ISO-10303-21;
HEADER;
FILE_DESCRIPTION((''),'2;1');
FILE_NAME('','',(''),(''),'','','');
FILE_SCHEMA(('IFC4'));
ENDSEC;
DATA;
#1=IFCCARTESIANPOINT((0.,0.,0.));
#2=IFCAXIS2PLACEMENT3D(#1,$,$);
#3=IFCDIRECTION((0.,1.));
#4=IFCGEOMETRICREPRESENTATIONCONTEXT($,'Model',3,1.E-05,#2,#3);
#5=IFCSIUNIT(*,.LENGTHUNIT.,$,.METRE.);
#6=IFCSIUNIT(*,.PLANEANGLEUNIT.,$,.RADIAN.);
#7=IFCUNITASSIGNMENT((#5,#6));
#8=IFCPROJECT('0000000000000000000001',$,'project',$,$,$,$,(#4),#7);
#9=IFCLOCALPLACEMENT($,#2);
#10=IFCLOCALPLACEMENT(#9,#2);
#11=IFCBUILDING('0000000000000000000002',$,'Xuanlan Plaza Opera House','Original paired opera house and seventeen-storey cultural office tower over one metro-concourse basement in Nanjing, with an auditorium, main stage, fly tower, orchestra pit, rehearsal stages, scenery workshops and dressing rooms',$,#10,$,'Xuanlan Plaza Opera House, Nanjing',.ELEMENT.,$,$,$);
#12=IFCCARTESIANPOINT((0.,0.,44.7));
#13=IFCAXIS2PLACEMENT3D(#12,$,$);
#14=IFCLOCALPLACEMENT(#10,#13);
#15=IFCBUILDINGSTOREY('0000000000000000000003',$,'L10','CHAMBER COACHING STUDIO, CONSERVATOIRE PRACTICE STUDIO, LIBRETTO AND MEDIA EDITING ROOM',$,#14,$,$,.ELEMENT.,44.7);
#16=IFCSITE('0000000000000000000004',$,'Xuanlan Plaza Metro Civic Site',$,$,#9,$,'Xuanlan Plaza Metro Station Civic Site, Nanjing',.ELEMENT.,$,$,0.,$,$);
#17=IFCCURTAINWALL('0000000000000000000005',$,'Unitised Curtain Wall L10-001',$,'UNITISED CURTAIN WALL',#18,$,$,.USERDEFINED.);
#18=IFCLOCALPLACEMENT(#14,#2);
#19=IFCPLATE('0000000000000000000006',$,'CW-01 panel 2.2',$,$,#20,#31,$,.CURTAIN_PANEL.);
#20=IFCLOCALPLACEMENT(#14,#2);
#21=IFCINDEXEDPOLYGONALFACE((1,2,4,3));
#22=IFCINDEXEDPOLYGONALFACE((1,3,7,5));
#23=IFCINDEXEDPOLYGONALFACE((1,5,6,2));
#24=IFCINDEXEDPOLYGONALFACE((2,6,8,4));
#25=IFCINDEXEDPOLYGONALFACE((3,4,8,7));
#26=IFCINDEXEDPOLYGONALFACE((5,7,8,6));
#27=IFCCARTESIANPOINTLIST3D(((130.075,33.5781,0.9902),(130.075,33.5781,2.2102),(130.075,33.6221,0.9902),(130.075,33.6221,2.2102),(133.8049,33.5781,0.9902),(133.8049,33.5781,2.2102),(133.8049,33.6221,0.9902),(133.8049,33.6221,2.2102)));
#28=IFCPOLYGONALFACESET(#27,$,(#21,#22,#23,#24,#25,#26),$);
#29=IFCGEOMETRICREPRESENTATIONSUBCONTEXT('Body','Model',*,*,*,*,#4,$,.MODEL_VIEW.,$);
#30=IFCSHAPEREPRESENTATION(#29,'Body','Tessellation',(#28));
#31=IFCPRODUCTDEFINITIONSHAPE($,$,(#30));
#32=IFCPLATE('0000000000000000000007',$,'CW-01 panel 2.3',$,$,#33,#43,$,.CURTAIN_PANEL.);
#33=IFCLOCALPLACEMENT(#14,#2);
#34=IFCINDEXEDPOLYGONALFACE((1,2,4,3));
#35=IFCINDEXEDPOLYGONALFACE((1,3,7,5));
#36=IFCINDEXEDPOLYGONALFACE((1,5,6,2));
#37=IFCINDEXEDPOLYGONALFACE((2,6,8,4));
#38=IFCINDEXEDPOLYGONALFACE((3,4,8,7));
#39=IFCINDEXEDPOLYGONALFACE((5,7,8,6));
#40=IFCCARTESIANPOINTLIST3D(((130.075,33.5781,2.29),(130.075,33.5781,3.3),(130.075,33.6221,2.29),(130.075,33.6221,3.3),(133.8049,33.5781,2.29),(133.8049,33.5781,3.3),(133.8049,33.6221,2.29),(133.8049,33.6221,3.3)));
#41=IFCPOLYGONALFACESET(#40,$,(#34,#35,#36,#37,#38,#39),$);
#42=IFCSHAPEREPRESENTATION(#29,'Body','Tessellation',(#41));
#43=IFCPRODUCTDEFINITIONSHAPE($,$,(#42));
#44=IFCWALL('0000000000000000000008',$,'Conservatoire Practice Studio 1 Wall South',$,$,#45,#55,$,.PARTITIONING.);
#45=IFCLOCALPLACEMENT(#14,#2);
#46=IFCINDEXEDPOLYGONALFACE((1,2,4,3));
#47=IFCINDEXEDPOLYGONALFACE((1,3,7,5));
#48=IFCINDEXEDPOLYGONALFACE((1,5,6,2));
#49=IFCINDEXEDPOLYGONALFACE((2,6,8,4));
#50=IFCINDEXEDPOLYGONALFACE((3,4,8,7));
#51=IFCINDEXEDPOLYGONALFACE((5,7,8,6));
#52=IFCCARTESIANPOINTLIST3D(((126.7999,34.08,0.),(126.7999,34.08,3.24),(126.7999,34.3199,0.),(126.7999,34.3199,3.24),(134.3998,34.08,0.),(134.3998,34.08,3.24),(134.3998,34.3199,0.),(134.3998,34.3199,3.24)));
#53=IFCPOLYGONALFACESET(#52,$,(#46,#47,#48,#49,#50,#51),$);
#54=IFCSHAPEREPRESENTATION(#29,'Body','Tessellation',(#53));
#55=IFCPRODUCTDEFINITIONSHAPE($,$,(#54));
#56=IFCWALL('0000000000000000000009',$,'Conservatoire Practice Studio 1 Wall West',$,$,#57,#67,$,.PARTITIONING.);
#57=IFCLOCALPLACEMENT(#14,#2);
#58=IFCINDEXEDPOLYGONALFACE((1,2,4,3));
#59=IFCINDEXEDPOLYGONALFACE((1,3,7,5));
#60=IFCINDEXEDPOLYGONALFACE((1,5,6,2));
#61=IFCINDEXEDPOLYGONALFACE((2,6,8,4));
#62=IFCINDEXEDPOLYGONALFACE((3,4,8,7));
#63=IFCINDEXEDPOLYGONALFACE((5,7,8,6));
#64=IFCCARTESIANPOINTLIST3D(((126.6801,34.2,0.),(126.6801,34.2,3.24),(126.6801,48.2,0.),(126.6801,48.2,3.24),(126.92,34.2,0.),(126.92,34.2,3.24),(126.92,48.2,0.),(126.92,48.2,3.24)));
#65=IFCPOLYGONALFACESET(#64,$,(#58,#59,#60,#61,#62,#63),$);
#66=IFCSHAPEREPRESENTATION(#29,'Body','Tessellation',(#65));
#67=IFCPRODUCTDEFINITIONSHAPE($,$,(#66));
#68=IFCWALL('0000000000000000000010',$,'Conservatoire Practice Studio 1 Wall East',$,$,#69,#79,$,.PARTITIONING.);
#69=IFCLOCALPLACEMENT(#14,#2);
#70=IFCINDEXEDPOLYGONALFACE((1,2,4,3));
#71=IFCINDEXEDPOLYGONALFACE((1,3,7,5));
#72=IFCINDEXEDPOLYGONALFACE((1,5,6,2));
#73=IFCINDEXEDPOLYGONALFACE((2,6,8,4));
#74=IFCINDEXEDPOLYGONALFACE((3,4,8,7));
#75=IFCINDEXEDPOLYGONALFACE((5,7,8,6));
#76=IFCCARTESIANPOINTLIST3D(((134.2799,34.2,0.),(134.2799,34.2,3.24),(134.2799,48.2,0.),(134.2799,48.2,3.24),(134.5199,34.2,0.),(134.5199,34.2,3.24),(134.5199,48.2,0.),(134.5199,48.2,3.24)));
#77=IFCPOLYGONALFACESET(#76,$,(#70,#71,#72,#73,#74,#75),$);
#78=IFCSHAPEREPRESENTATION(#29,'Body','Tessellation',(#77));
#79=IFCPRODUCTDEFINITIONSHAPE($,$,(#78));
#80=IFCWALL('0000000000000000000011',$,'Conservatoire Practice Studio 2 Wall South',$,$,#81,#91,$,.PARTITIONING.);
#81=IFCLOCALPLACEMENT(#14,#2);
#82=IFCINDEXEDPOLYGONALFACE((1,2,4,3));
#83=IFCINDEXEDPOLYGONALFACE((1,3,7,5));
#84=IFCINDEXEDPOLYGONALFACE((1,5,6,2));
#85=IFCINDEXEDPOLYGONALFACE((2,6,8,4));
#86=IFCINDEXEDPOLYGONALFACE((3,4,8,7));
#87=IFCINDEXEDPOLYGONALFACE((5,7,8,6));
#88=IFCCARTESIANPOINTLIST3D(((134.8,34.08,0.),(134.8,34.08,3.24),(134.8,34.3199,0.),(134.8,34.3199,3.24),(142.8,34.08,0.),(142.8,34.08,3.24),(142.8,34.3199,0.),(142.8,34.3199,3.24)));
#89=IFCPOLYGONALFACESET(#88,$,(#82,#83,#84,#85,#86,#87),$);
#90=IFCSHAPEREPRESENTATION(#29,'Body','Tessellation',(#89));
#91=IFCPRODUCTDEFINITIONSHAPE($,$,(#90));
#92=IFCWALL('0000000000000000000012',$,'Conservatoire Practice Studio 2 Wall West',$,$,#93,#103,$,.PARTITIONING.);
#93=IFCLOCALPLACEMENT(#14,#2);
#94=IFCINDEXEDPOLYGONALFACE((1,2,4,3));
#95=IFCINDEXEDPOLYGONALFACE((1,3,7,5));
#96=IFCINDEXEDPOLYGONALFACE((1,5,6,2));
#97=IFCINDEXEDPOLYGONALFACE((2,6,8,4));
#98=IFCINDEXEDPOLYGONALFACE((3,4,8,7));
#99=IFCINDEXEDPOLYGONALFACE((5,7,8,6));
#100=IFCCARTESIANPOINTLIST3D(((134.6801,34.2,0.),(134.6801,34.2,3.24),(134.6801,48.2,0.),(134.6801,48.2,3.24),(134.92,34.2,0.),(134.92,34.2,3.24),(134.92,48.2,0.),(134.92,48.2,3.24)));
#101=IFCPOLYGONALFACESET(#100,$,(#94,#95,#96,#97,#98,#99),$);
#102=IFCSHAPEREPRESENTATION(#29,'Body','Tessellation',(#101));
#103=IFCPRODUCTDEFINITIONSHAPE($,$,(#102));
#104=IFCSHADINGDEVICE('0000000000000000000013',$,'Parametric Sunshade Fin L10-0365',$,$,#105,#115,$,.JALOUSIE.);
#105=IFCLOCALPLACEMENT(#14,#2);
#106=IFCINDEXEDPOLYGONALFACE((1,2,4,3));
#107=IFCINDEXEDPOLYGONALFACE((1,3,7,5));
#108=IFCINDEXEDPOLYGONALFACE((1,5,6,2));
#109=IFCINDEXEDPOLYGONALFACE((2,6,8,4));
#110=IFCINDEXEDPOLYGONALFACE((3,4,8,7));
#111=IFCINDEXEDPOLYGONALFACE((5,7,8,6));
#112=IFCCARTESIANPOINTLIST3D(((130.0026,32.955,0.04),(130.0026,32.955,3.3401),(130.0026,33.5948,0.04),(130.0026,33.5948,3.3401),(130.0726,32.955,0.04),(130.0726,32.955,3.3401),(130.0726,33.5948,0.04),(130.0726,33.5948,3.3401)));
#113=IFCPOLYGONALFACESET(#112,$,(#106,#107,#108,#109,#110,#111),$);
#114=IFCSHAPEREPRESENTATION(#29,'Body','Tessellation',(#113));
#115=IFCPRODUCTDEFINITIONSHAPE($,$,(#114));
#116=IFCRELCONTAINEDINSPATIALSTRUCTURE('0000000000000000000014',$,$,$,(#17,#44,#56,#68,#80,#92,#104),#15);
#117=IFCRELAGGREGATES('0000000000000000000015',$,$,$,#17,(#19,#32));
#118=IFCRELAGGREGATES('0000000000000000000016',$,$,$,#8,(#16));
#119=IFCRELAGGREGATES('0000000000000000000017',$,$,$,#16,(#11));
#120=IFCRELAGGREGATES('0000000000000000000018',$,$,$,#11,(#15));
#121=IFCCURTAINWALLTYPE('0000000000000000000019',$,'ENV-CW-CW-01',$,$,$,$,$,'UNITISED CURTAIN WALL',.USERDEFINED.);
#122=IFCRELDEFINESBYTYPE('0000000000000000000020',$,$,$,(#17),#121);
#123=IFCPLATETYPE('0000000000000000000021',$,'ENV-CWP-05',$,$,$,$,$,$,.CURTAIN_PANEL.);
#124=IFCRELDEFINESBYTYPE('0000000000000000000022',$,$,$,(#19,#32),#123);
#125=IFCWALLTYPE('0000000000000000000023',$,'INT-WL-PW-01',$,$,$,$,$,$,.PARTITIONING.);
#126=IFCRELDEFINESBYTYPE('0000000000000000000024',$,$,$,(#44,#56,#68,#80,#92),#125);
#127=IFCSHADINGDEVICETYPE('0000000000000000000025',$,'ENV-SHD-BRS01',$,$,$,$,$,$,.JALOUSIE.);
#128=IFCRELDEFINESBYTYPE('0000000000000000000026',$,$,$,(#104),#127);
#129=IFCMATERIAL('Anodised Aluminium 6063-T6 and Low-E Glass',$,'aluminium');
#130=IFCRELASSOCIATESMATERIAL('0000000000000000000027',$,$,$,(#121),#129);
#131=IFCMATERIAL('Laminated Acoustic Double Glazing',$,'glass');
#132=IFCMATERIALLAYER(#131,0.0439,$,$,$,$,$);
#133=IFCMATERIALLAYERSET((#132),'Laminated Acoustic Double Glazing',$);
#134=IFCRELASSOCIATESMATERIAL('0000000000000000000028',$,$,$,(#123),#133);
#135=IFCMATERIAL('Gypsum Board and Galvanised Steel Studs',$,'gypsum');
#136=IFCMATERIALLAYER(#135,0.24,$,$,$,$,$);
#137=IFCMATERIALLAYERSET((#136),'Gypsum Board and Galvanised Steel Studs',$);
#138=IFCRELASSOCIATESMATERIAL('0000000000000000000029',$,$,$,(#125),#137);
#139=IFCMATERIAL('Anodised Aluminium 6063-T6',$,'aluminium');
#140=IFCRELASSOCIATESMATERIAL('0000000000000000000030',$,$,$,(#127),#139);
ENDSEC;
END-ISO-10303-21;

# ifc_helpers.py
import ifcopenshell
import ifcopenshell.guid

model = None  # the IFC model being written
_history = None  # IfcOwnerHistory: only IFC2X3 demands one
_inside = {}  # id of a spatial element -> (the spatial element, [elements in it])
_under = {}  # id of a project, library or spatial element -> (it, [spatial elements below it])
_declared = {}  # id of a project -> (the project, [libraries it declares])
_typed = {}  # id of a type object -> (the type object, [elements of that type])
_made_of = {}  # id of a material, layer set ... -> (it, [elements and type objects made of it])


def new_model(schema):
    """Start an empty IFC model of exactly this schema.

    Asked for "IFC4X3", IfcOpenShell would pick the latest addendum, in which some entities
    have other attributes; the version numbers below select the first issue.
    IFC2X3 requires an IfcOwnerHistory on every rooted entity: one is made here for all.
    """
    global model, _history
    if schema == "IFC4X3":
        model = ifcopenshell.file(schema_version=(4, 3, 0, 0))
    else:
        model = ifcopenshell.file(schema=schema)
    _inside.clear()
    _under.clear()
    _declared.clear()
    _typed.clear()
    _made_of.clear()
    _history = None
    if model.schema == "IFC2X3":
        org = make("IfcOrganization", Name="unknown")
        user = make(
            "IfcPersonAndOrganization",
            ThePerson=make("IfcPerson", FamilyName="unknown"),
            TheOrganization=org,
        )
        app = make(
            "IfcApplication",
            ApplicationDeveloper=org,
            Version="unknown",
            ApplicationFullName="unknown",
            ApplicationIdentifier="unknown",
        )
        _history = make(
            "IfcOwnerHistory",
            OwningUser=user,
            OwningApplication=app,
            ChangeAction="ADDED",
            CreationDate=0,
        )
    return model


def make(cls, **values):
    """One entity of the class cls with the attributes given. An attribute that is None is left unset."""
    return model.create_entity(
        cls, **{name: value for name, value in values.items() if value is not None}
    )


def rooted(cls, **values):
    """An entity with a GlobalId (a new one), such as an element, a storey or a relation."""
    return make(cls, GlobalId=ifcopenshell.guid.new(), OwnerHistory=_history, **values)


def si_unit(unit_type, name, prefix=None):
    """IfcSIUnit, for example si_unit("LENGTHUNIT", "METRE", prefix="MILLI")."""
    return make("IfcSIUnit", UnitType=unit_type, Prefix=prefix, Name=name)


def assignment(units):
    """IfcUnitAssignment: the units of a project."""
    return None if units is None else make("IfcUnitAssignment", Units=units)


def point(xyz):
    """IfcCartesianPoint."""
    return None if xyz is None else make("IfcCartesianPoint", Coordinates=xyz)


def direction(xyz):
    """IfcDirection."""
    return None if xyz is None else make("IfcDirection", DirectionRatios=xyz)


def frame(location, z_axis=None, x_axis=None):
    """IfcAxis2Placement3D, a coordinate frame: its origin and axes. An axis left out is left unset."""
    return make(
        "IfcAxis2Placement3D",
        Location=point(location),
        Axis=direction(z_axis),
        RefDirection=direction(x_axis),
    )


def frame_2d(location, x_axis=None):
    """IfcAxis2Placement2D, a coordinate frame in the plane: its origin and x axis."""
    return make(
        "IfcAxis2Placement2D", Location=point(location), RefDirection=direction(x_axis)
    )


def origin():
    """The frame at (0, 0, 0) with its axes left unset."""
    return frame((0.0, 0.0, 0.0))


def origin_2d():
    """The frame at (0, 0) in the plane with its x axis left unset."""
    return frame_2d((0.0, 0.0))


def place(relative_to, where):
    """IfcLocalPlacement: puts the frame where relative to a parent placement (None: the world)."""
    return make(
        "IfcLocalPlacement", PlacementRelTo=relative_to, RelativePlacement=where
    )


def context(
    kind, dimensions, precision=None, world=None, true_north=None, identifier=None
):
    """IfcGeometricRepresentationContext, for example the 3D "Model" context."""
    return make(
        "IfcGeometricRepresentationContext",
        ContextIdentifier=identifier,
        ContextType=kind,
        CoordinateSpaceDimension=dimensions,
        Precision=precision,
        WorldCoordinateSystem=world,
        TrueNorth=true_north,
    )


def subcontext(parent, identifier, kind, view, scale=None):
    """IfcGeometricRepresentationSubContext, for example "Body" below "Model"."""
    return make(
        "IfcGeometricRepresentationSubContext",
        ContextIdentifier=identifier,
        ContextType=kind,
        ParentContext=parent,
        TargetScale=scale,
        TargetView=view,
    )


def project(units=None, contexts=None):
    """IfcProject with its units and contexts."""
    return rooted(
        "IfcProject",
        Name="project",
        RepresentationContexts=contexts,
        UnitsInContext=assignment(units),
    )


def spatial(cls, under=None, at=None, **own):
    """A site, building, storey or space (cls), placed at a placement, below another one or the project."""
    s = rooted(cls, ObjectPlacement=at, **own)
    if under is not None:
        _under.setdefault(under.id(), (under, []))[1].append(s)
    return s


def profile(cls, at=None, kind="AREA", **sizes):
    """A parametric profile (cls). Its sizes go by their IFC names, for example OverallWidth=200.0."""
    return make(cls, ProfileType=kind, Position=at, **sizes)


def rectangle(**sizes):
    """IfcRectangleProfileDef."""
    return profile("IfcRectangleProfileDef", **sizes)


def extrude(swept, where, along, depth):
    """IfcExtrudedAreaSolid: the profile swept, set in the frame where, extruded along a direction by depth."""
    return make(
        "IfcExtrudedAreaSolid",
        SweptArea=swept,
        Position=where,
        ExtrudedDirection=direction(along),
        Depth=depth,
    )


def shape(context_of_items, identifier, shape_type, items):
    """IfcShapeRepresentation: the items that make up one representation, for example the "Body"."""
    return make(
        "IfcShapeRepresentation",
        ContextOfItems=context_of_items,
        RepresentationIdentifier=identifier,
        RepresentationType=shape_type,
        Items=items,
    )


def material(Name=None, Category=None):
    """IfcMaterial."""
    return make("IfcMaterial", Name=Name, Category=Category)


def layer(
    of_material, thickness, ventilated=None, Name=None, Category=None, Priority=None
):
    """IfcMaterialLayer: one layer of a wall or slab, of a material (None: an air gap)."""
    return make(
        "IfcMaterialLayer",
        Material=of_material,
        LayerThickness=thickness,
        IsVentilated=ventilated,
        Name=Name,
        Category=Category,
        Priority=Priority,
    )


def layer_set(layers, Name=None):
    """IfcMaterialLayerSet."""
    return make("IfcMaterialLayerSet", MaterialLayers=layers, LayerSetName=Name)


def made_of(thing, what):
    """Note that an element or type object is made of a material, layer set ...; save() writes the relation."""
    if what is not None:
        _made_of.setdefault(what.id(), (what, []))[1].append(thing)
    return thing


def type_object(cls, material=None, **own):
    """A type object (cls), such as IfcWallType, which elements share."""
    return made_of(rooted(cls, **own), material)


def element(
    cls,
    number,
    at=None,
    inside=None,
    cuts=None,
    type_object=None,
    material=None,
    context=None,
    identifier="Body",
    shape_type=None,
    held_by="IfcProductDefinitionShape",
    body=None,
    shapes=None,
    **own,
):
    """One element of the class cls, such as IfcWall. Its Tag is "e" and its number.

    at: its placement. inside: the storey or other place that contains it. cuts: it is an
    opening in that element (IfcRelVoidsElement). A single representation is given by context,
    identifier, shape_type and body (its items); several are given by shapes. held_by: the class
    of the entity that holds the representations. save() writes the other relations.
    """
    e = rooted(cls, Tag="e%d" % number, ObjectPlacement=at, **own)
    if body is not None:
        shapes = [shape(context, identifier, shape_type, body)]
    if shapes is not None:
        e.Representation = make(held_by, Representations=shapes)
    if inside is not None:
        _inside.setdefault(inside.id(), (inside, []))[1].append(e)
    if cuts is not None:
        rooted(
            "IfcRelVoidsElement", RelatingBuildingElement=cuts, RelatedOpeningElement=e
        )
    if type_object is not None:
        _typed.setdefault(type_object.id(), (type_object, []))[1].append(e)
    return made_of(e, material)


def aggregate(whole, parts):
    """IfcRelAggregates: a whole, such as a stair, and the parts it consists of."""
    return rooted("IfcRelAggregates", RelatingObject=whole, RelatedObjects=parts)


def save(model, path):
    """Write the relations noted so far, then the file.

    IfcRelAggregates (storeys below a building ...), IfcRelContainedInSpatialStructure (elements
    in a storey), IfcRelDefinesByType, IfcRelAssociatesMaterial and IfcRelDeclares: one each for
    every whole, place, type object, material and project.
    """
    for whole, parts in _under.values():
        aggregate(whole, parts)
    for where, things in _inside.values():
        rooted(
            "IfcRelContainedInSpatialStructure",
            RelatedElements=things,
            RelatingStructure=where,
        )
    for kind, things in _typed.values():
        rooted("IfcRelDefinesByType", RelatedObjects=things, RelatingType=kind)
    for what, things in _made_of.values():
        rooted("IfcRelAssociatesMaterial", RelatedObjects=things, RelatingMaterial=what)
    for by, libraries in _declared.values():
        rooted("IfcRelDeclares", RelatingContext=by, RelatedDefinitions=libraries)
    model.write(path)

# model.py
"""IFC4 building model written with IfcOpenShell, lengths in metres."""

from ifc_helpers import new_model, si_unit, direction, frame, frame_2d, origin, origin_2d, place, context, subcontext, project, spatial, rectangle, extrude, material, layer, layer_set, type_object, element, aggregate, save


model = new_model("IFC4")

# Units and contexts
model_context = context("Model", 3, precision=1e-05, world=origin(), true_north=direction((0.0, 1.0)))
body_context = subcontext(model_context, "Body", "Model", "MODEL_VIEW")
ifc_project = project(units=[si_unit("LENGTHUNIT", "METRE"), si_unit("PLANEANGLEUNIT", "RADIAN")], contexts=[model_context])

# Site, building, storey
site_placement = place(None, origin())
site = spatial("IfcSite", under=ifc_project, at=site_placement, Name="Xuanlan Plaza Metro Civic Site", LongName="Xuanlan Plaza Metro Station Civic Site, Nanjing", CompositionType="ELEMENT", RefElevation=0.0)
building_placement = place(site_placement, origin())
building = spatial("IfcBuilding", under=site, at=building_placement, Name="Xuanlan Plaza Opera House", Description="Original paired opera house and seventeen-storey cultural office tower over one metro-concourse basement in Nanjing, with an auditorium, main stage, fly tower, orchestra pit, rehearsal stages, scenery workshops and dressing rooms", LongName="Xuanlan Plaza Opera House, Nanjing", CompositionType="ELEMENT")
storey_placement = place(building_placement, frame((0.0, 0.0, 44.7)))
storey = spatial("IfcBuildingStorey", under=building, at=storey_placement, Name="L10", Description="CHAMBER COACHING STUDIO, CONSERVATOIRE PRACTICE STUDIO, LIBRETTO AND MEDIA EDITING ROOM", CompositionType="ELEMENT", Elevation=44.7)

# Curtain wall
ifc_material_1 = material(Name="Anodised Aluminium 6063-T6 and Low-E Glass", Category="aluminium")
curtain_wall_type_1 = type_object("IfcCurtainWallType", Name="ENV-CW-CW-01", ElementType="UNITISED CURTAIN WALL", PredefinedType="USERDEFINED", material=ifc_material_1)
curtain_wall_1_placement = place(storey_placement, origin())
curtain_wall_1 = element("IfcCurtainWall", 1, at=curtain_wall_1_placement, inside=storey, type_object=curtain_wall_type_1, Name="Unitised Curtain Wall L10-001", ObjectType="UNITISED CURTAIN WALL", PredefinedType="USERDEFINED")
ifc_material_2 = material(Name="Anodised Aluminium 6063-T6", Category="aluminium")

# Plates
ifc_material_3 = material(Name="Laminated Acoustic Double Glazing", Category="glass")
ifc_layer_1 = layer(ifc_material_3, 0.0439)
ifc_layer_set_1 = layer_set([ifc_layer_1], Name="Laminated Acoustic Double Glazing")
plate_type_1 = type_object("IfcPlateType", Name="ENV-CWP-05", PredefinedType="CURTAIN_PANEL", material=ifc_layer_set_1)
plate_1_placement = place(storey_placement, frame((131.9399, 33.6001, 0.9902), z_axis=(0.0, 0.0, 1.0), x_axis=(1.0, 0.0, 0.0)))
plate_1 = element("IfcPlate", 2, at=plate_1_placement, type_object=plate_type_1, Name="CW-01 panel 2.2", PredefinedType="CURTAIN_PANEL", context=body_context, shape_type="SweptSolid", body=[
    extrude(rectangle(XDim=3.73, YDim=0.0439, at=origin_2d()), origin(), (0.0, 0.0, 1.0), 1.22),
])
plate_2_placement = place(storey_placement, frame((131.9399, 33.6001, 2.29), z_axis=(0.0, 0.0, 1.0), x_axis=(1.0, 0.0, 0.0)))
plate_2 = element("IfcPlate", 3, at=plate_2_placement, type_object=plate_type_1, Name="CW-01 panel 2.3", PredefinedType="CURTAIN_PANEL", context=body_context, shape_type="SweptSolid", body=[
    extrude(rectangle(XDim=3.73, YDim=0.0439, at=origin_2d()), origin(), (0.0, 0.0, 1.0), 1.01),
])
aggregate(curtain_wall_1, [plate_1, plate_2])

# Walls
ifc_material_4 = material(Name="Gypsum Board and Galvanised Steel Studs", Category="gypsum")
ifc_layer_2 = layer(ifc_material_4, 0.24)
ifc_layer_set_2 = layer_set([ifc_layer_2], Name="Gypsum Board and Galvanised Steel Studs")
wall_type = type_object("IfcWallType", Name="INT-WL-PW-01", PredefinedType="PARTITIONING", material=ifc_layer_set_2)
wall_1_placement = place(storey_placement, frame((126.8, 34.2, 0.0), z_axis=(0.0, 0.0, 1.0), x_axis=(1.0, 0.0, 0.0)))
element("IfcWall", 4, at=wall_1_placement, inside=storey, type_object=wall_type, Name="Conservatoire Practice Studio 1 Wall South", PredefinedType="PARTITIONING", context=body_context, shape_type="SweptSolid", body=[
    extrude(rectangle(XDim=7.5999, YDim=0.24, at=frame_2d((3.7998, 0.0))), origin(), (0.0, 0.0, 1.0), 3.24),
])
for number, where, z_axis, x_axis, name in (
    (5, (126.8, 34.2, 0.0), (0.0, 0.0, 1.0), (0.0, 1.0, 0.0), "Conservatoire Practice Studio 1 Wall West"),
    (6, (134.3999, 34.2, 0.0), (0.0, 0.0, 1.0), (0.0, 1.0, 0.0), "Conservatoire Practice Studio 1 Wall East"),
):
    element("IfcWall", number, at=place(storey_placement, frame(where, z_axis=z_axis, x_axis=x_axis)), inside=storey, type_object=wall_type, Name=name, PredefinedType="PARTITIONING", context=body_context, shape_type="SweptSolid", body=[
        extrude(rectangle(XDim=14.0, YDim=0.24, at=frame_2d((7.0, 0.0))), origin(), (0.0, 0.0, 1.0), 3.24),
    ])
wall_2_placement = place(storey_placement, frame((134.8, 34.2, 0.0), z_axis=(0.0, 0.0, 1.0), x_axis=(1.0, 0.0, 0.0)))
element("IfcWall", 7, at=wall_2_placement, inside=storey, type_object=wall_type, Name="Conservatoire Practice Studio 2 Wall South", PredefinedType="PARTITIONING", context=body_context, shape_type="SweptSolid", body=[
    extrude(rectangle(XDim=8.0, YDim=0.24, at=frame_2d((4.0, 0.0))), origin(), (0.0, 0.0, 1.0), 3.24),
])
wall_3_placement = place(storey_placement, frame((134.8, 34.2, 0.0), z_axis=(0.0, 0.0, 1.0), x_axis=(0.0, 1.0, 0.0)))
element("IfcWall", 8, at=wall_3_placement, inside=storey, type_object=wall_type, Name="Conservatoire Practice Studio 2 Wall West", PredefinedType="PARTITIONING", context=body_context, shape_type="SweptSolid", body=[
    extrude(rectangle(XDim=14.0, YDim=0.24, at=frame_2d((7.0, 0.0))), origin(), (0.0, 0.0, 1.0), 3.24),
])

# Shading device
shading_device_type = type_object("IfcShadingDeviceType", Name="ENV-SHD-BRS01", PredefinedType="JALOUSIE", material=ifc_material_2)
shading_device_placement = place(storey_placement, frame((130.0376, 33.2749, 0.04), z_axis=(0.0, 0.0, 1.0), x_axis=(0.0, -1.0, 0.0)))
element("IfcShadingDevice", 9, at=shading_device_placement, inside=storey, type_object=shading_device_type, Name="Parametric Sunshade Fin L10-0365", PredefinedType="JALOUSIE", context=body_context, shape_type="SweptSolid", body=[
    extrude(rectangle(XDim=0.6399, YDim=0.0701, at=origin_2d()), origin(), (0.0, 0.0, 1.0), 3.3),
])

save(model, "model.ifc")
